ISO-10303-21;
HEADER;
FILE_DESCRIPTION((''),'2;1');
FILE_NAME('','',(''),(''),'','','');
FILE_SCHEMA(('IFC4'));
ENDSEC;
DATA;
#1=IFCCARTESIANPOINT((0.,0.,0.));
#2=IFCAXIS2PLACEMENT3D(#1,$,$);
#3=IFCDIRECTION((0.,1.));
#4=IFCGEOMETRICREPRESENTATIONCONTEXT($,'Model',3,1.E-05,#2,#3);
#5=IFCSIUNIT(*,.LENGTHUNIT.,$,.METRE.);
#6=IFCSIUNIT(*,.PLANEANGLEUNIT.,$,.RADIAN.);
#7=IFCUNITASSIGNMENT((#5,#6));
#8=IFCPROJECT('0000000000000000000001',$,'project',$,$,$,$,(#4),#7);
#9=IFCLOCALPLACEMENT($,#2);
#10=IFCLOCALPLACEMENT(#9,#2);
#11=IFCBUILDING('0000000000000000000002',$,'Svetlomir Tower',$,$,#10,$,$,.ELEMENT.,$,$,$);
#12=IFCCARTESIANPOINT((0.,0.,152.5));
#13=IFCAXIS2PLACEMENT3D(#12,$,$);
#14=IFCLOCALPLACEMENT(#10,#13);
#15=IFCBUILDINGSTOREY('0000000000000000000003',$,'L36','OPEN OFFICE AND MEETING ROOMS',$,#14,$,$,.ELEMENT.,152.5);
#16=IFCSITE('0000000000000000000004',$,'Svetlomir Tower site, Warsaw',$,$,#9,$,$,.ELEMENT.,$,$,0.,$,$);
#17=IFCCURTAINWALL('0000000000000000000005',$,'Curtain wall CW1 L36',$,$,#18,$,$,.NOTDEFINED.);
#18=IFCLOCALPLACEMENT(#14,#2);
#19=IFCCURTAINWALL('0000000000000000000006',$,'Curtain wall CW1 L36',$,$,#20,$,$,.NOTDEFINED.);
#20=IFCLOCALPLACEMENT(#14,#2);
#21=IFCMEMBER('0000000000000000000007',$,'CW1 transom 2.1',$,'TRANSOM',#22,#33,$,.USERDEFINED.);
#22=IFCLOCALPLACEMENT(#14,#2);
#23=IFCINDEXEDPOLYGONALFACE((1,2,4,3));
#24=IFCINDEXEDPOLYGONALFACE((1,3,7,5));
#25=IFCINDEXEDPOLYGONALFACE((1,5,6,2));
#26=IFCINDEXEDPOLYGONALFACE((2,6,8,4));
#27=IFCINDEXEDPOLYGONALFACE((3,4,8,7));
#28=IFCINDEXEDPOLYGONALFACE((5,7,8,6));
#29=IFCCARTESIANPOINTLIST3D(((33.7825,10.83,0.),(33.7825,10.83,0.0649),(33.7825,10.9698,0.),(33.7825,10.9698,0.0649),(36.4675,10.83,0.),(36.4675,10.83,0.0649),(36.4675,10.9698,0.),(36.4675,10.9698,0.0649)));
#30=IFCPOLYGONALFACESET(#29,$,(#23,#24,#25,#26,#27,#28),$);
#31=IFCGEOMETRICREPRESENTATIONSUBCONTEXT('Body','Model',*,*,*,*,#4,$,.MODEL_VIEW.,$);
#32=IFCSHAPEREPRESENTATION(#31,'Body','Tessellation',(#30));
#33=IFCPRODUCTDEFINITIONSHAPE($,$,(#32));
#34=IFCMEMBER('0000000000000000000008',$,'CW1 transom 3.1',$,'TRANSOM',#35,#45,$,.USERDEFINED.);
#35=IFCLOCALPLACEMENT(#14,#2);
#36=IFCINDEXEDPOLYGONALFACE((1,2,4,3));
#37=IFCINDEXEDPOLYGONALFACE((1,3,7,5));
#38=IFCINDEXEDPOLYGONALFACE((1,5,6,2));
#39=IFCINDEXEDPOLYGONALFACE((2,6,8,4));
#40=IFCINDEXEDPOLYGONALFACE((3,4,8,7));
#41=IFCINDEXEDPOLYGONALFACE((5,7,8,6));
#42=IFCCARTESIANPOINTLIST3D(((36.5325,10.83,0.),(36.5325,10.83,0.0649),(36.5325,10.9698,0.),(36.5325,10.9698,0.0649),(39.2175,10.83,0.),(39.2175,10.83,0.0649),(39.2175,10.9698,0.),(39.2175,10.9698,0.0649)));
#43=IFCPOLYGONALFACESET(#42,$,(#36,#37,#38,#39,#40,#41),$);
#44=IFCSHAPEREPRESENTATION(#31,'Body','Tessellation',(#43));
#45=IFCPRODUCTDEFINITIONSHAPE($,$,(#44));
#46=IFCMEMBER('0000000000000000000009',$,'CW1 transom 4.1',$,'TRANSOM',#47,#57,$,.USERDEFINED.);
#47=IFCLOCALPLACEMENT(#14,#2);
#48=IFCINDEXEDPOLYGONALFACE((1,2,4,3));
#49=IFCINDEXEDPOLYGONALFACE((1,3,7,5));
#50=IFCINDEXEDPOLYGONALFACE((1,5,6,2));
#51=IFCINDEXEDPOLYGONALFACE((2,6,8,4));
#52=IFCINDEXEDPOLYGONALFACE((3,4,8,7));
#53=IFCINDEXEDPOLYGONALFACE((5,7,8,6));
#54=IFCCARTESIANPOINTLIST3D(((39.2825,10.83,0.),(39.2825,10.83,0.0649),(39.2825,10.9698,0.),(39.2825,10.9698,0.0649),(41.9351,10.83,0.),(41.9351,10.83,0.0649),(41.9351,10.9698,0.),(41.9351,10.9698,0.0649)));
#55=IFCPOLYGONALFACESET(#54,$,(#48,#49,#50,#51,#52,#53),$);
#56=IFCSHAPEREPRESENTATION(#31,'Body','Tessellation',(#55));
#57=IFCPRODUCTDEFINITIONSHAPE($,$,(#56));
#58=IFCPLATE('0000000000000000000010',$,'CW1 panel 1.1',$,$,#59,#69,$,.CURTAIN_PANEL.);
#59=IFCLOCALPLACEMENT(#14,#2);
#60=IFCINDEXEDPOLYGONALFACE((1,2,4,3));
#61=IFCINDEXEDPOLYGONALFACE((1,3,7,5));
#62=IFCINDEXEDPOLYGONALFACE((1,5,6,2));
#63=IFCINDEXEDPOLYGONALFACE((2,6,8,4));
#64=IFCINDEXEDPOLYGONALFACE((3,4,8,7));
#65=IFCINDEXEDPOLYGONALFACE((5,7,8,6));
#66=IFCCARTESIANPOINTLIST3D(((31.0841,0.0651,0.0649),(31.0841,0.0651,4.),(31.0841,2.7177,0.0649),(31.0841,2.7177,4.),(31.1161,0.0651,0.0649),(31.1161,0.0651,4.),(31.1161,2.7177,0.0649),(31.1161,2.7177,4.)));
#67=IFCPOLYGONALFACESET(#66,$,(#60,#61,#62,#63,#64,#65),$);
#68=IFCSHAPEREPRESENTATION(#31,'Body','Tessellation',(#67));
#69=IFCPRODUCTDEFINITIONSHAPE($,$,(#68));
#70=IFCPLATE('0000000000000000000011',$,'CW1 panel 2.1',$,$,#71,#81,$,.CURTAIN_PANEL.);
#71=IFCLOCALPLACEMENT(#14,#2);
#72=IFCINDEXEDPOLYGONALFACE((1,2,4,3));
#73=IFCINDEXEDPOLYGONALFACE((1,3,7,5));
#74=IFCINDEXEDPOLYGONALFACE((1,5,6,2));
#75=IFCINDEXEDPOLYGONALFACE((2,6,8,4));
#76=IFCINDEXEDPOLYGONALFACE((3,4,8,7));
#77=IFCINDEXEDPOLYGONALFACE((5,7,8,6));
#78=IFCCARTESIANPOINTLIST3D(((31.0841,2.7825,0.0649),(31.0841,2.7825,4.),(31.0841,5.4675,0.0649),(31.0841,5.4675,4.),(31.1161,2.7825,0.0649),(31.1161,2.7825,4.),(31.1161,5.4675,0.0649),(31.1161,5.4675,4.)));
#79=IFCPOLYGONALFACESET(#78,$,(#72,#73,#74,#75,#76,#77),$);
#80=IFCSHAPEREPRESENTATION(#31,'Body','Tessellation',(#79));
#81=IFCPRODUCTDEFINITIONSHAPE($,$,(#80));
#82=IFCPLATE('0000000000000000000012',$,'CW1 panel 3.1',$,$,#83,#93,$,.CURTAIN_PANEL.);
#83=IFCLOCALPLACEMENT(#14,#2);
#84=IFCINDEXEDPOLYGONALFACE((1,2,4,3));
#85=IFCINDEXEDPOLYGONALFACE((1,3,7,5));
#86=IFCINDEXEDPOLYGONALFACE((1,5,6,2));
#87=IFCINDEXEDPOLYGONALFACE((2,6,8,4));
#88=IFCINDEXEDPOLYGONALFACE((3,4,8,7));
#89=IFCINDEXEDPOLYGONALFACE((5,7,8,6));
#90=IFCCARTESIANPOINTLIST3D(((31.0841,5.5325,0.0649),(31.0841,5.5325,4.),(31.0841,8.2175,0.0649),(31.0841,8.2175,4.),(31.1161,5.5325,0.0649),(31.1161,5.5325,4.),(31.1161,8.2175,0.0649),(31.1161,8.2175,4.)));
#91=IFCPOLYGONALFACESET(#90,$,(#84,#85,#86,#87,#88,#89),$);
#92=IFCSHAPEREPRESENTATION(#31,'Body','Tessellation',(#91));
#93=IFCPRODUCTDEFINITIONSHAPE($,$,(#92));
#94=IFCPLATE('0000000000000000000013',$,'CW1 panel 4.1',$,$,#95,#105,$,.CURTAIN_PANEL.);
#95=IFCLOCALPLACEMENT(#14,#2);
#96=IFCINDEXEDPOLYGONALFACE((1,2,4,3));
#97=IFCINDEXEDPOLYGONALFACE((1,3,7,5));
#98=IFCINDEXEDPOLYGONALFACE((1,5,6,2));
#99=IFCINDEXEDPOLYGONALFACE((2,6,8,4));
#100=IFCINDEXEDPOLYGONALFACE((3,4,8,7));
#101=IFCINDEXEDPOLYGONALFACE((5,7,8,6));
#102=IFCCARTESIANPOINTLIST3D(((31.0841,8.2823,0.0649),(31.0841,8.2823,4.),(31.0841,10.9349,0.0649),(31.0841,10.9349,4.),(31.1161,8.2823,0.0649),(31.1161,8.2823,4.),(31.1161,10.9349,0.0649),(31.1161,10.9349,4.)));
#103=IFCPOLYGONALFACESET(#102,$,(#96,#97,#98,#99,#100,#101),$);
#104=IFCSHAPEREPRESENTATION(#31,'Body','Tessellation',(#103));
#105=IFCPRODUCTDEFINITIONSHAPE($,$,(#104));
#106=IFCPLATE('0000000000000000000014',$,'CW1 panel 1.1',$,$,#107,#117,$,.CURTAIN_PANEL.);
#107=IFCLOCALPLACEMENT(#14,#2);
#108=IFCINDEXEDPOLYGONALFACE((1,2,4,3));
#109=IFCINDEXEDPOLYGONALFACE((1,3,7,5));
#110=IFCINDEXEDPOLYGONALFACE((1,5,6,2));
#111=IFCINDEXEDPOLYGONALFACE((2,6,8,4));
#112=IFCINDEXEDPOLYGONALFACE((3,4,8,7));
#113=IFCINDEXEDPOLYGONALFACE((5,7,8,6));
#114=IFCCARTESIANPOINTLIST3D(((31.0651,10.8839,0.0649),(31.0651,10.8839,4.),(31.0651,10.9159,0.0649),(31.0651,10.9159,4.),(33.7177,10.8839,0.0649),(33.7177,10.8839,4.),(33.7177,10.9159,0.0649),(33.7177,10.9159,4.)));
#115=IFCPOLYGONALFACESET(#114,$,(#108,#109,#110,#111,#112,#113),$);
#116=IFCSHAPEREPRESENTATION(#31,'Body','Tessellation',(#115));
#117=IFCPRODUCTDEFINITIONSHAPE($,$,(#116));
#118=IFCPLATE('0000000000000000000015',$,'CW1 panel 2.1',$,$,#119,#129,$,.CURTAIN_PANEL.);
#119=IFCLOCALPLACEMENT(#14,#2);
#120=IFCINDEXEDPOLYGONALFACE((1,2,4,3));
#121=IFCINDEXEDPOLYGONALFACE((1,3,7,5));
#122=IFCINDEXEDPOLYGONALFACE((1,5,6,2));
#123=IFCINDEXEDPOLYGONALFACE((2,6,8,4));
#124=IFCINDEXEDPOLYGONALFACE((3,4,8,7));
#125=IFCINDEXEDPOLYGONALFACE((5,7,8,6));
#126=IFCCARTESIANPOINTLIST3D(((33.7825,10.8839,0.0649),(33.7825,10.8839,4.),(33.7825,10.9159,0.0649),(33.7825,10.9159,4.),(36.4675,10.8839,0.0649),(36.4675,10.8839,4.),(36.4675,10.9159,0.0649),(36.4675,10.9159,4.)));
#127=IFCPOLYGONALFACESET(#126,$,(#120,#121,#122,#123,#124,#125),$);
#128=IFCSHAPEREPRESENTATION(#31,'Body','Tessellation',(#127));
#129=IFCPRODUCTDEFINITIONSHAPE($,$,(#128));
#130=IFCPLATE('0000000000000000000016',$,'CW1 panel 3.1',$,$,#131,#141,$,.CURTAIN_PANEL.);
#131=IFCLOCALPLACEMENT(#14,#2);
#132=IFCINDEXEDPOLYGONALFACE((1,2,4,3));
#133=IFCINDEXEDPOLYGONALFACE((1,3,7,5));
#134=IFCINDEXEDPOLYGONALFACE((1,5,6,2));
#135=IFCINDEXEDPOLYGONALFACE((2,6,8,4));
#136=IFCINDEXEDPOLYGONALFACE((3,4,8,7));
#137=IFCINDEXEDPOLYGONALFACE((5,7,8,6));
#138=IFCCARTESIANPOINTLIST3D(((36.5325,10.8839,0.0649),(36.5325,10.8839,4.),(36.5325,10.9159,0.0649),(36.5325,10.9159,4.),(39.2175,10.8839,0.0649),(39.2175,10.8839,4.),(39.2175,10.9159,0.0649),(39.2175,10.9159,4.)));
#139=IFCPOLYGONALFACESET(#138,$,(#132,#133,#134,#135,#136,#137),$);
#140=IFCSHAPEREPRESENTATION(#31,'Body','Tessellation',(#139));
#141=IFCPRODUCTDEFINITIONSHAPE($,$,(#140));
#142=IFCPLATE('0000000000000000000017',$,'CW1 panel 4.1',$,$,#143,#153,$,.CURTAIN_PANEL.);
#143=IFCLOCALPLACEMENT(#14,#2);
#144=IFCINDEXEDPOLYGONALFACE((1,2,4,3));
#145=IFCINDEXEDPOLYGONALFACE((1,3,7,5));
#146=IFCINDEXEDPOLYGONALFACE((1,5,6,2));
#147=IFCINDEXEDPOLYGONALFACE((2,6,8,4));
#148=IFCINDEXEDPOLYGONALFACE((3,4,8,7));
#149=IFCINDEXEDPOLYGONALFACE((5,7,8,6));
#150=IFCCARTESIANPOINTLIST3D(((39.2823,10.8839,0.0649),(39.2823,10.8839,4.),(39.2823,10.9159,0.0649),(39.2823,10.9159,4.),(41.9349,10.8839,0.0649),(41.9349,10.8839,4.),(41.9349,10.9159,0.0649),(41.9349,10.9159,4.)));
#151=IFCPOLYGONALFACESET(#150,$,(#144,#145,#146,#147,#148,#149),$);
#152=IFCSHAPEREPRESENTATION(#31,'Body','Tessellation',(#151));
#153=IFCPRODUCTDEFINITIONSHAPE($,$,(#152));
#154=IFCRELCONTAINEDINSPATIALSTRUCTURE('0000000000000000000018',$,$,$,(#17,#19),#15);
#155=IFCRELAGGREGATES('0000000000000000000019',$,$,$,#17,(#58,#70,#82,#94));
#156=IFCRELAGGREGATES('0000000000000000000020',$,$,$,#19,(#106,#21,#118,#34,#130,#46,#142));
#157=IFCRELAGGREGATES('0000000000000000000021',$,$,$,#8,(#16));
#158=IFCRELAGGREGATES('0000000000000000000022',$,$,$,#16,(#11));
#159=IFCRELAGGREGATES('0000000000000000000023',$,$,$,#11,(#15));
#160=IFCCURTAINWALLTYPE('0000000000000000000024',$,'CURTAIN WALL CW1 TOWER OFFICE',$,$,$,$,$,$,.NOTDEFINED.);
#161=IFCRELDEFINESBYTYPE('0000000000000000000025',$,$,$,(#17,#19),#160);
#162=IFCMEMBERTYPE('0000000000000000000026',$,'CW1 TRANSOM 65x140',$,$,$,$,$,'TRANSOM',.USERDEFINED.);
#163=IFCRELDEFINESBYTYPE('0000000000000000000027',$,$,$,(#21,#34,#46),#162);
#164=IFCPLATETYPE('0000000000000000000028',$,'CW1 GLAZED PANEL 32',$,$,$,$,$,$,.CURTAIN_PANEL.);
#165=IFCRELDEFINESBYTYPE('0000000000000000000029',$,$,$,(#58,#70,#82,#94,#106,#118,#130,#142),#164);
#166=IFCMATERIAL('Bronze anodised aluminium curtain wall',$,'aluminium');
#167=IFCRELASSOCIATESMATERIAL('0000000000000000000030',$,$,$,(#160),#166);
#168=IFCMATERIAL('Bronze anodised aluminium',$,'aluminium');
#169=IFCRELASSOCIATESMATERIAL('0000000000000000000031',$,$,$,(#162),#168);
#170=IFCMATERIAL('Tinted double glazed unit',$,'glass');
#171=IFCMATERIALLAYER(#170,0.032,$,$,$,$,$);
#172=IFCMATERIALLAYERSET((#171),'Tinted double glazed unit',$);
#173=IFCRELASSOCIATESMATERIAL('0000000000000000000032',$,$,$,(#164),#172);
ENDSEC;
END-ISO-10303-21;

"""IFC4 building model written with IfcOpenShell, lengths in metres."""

from ifc_helpers import new_model, si_unit, direction, frame, origin, origin_2d, place, context, subcontext, project, spatial, rectangle, extrude, material, layer, layer_set, material_profile, profile_set, type_object, element, aggregate, save


model = new_model("IFC4")

# Units and contexts
model_context = context("Model", 3, precision=1e-05, world=origin(), true_north=direction((0.0, 1.0)))
body_context = subcontext(model_context, "Body", "Model", "MODEL_VIEW")
ifc_project = project(units=[si_unit("LENGTHUNIT", "METRE"), si_unit("PLANEANGLEUNIT", "RADIAN")], contexts=[model_context])

# Site, building, storey
site_placement = place(None, origin())
site = spatial("IfcSite", under=ifc_project, at=site_placement, Name="Svetlomir Tower site, Warsaw", CompositionType="ELEMENT", RefElevation=0.0)
building_placement = place(site_placement, origin())
building = spatial("IfcBuilding", under=site, at=building_placement, Name="Svetlomir Tower", CompositionType="ELEMENT")
storey_placement = place(building_placement, frame((0.0, 0.0, 152.5)))
storey = spatial("IfcBuildingStorey", under=building, at=storey_placement, Name="L36", Description="OPEN OFFICE AND MEETING ROOMS", CompositionType="ELEMENT", Elevation=152.5)

# Curtain walls
ifc_material_1 = material(Name="Bronze anodised aluminium curtain wall", Category="aluminium")
curtain_wall_type = type_object("IfcCurtainWallType", Name="CURTAIN WALL CW1 TOWER OFFICE", PredefinedType="NOTDEFINED", material=ifc_material_1)
curtain_wall_1_placement = place(storey_placement, origin())
curtain_wall_1 = element("IfcCurtainWall", 1, at=curtain_wall_1_placement, inside=storey, type_object=curtain_wall_type, Name="Curtain wall CW1 L36", PredefinedType="NOTDEFINED")
curtain_wall_2_placement = place(storey_placement, origin())
curtain_wall_2 = element("IfcCurtainWall", 2, at=curtain_wall_2_placement, inside=storey, type_object=curtain_wall_type, Name="Curtain wall CW1 L36", PredefinedType="NOTDEFINED")

# Members
ifc_material_2 = material(Name="Bronze anodised aluminium", Category="aluminium")
ifc_material_profile_1 = material_profile(ifc_material_2, rectangle(XDim=0.1399, YDim=0.0649, at=origin_2d()), Name="AL 140x65")
ifc_profile_set_1 = profile_set([ifc_material_profile_1], Name="Bronze anodised aluminium 6063-T6")
member_type_1 = type_object("IfcMemberType", Name="CW1 TRANSOM 65x140", ElementType="TRANSOM", PredefinedType="USERDEFINED", material=ifc_profile_set_1)
member_1_placement = place(storey_placement, frame((33.7825, 10.8999, 0.0325), z_axis=(1.0, 0.0, 0.0), x_axis=(0.0, 1.0, 0.0)))
member_1 = element("IfcMember", 3, at=member_1_placement, type_object=member_type_1, Name="CW1 transom 2.1", ObjectType="TRANSOM", PredefinedType="USERDEFINED", context=body_context, shape_type="SweptSolid", body=[
    extrude(rectangle(XDim=0.1399, YDim=0.0649, at=origin_2d()), origin(), (0.0, 0.0, 1.0), 2.6851),
])
member_2_placement = place(storey_placement, frame((36.5325, 10.8999, 0.0325), z_axis=(1.0, 0.0, 0.0), x_axis=(0.0, 1.0, 0.0)))
member_2 = element("IfcMember", 4, at=member_2_placement, type_object=member_type_1, Name="CW1 transom 3.1", ObjectType="TRANSOM", PredefinedType="USERDEFINED", context=body_context, shape_type="SweptSolid", body=[
    extrude(rectangle(XDim=0.1399, YDim=0.0649, at=origin_2d()), origin(), (0.0, 0.0, 1.0), 2.6851),
])
member_3_placement = place(storey_placement, frame((39.2825, 10.8999, 0.0325), z_axis=(1.0, 0.0, 0.0), x_axis=(0.0, 1.0, 0.0)))
member_3 = element("IfcMember", 5, at=member_3_placement, type_object=member_type_1, Name="CW1 transom 4.1", ObjectType="TRANSOM", PredefinedType="USERDEFINED", context=body_context, shape_type="SweptSolid", body=[
    extrude(rectangle(XDim=0.1399, YDim=0.0649, at=origin_2d()), origin(), (0.0, 0.0, 1.0), 2.6526),
])

# Plates
ifc_material_3 = material(Name="Tinted double glazed unit", Category="glass")
ifc_layer = layer(ifc_material_3, 0.032)
ifc_layer_set = layer_set([ifc_layer], Name="Tinted double glazed unit")
plate_type = type_object("IfcPlateType", Name="CW1 GLAZED PANEL 32", PredefinedType="CURTAIN_PANEL", material=ifc_layer_set)
plate_1_placement = place(storey_placement, frame((31.1001, 1.3914, 0.0649), z_axis=(0.0, 0.0, 1.0), x_axis=(0.0, 1.0, 0.0)))
plate_1 = element("IfcPlate", 6, at=plate_1_placement, type_object=plate_type, Name="CW1 panel 1.1", PredefinedType="CURTAIN_PANEL", context=body_context, shape_type="SweptSolid", body=[
    extrude(rectangle(XDim=2.6526, YDim=0.032, at=origin_2d()), origin(), (0.0, 0.0, 1.0), 3.9351),
])
plate_2_placement = place(storey_placement, frame((31.1001, 4.125, 0.0649), z_axis=(0.0, 0.0, 1.0), x_axis=(0.0, 1.0, 0.0)))
plate_2 = element("IfcPlate", 7, at=plate_2_placement, type_object=plate_type, Name="CW1 panel 2.1", PredefinedType="CURTAIN_PANEL", context=body_context, shape_type="SweptSolid", body=[
    extrude(rectangle(XDim=2.6851, YDim=0.032, at=origin_2d()), origin(), (0.0, 0.0, 1.0), 3.9351),
])
plate_3_placement = place(storey_placement, frame((31.1001, 6.875, 0.0649), z_axis=(0.0, 0.0, 1.0), x_axis=(0.0, 1.0, 0.0)))
plate_3 = element("IfcPlate", 8, at=plate_3_placement, type_object=plate_type, Name="CW1 panel 3.1", PredefinedType="CURTAIN_PANEL", context=body_context, shape_type="SweptSolid", body=[
    extrude(rectangle(XDim=2.6851, YDim=0.032, at=origin_2d()), origin(), (0.0, 0.0, 1.0), 3.9351),
])
plate_4_placement = place(storey_placement, frame((31.1001, 9.6086, 0.0649), z_axis=(0.0, 0.0, 1.0), x_axis=(0.0, 1.0, 0.0)))
plate_4 = element("IfcPlate", 9, at=plate_4_placement, type_object=plate_type, Name="CW1 panel 4.1", PredefinedType="CURTAIN_PANEL", context=body_context, shape_type="SweptSolid", body=[
    extrude(rectangle(XDim=2.6526, YDim=0.032, at=origin_2d()), origin(), (0.0, 0.0, 1.0), 3.9351),
])
aggregate(curtain_wall_1, [plate_1, plate_2, plate_3, plate_4])
plate_5_placement = place(storey_placement, frame((32.3914, 10.8999, 0.0649), z_axis=(0.0, 0.0, 1.0), x_axis=(1.0, 0.0, 0.0)))
plate_5 = element("IfcPlate", 10, at=plate_5_placement, type_object=plate_type, Name="CW1 panel 1.1", PredefinedType="CURTAIN_PANEL", context=body_context, shape_type="SweptSolid", body=[
    extrude(rectangle(XDim=2.6526, YDim=0.032, at=origin_2d()), origin(), (0.0, 0.0, 1.0), 3.9351),
])
plate_6_placement = place(storey_placement, frame((35.125, 10.8999, 0.0649), z_axis=(0.0, 0.0, 1.0), x_axis=(1.0, 0.0, 0.0)))
plate_6 = element("IfcPlate", 11, at=plate_6_placement, type_object=plate_type, Name="CW1 panel 2.1", PredefinedType="CURTAIN_PANEL", context=body_context, shape_type="SweptSolid", body=[
    extrude(rectangle(XDim=2.6851, YDim=0.032, at=origin_2d()), origin(), (0.0, 0.0, 1.0), 3.9351),
])
plate_7_placement = place(storey_placement, frame((37.875, 10.8999, 0.0649), z_axis=(0.0, 0.0, 1.0), x_axis=(1.0, 0.0, 0.0)))
plate_7 = element("IfcPlate", 12, at=plate_7_placement, type_object=plate_type, Name="CW1 panel 3.1", PredefinedType="CURTAIN_PANEL", context=body_context, shape_type="SweptSolid", body=[
    extrude(rectangle(XDim=2.6851, YDim=0.032, at=origin_2d()), origin(), (0.0, 0.0, 1.0), 3.9351),
])
plate_8_placement = place(storey_placement, frame((40.6086, 10.8999, 0.0649), z_axis=(0.0, 0.0, 1.0), x_axis=(1.0, 0.0, 0.0)))
plate_8 = element("IfcPlate", 13, at=plate_8_placement, type_object=plate_type, Name="CW1 panel 4.1", PredefinedType="CURTAIN_PANEL", context=body_context, shape_type="SweptSolid", body=[
    extrude(rectangle(XDim=2.6526, YDim=0.032, at=origin_2d()), origin(), (0.0, 0.0, 1.0), 3.9351),
])
aggregate(curtain_wall_2, [plate_5, member_1, plate_6, member_2, plate_7, member_3, plate_8])

save(model, "model.ifc")
